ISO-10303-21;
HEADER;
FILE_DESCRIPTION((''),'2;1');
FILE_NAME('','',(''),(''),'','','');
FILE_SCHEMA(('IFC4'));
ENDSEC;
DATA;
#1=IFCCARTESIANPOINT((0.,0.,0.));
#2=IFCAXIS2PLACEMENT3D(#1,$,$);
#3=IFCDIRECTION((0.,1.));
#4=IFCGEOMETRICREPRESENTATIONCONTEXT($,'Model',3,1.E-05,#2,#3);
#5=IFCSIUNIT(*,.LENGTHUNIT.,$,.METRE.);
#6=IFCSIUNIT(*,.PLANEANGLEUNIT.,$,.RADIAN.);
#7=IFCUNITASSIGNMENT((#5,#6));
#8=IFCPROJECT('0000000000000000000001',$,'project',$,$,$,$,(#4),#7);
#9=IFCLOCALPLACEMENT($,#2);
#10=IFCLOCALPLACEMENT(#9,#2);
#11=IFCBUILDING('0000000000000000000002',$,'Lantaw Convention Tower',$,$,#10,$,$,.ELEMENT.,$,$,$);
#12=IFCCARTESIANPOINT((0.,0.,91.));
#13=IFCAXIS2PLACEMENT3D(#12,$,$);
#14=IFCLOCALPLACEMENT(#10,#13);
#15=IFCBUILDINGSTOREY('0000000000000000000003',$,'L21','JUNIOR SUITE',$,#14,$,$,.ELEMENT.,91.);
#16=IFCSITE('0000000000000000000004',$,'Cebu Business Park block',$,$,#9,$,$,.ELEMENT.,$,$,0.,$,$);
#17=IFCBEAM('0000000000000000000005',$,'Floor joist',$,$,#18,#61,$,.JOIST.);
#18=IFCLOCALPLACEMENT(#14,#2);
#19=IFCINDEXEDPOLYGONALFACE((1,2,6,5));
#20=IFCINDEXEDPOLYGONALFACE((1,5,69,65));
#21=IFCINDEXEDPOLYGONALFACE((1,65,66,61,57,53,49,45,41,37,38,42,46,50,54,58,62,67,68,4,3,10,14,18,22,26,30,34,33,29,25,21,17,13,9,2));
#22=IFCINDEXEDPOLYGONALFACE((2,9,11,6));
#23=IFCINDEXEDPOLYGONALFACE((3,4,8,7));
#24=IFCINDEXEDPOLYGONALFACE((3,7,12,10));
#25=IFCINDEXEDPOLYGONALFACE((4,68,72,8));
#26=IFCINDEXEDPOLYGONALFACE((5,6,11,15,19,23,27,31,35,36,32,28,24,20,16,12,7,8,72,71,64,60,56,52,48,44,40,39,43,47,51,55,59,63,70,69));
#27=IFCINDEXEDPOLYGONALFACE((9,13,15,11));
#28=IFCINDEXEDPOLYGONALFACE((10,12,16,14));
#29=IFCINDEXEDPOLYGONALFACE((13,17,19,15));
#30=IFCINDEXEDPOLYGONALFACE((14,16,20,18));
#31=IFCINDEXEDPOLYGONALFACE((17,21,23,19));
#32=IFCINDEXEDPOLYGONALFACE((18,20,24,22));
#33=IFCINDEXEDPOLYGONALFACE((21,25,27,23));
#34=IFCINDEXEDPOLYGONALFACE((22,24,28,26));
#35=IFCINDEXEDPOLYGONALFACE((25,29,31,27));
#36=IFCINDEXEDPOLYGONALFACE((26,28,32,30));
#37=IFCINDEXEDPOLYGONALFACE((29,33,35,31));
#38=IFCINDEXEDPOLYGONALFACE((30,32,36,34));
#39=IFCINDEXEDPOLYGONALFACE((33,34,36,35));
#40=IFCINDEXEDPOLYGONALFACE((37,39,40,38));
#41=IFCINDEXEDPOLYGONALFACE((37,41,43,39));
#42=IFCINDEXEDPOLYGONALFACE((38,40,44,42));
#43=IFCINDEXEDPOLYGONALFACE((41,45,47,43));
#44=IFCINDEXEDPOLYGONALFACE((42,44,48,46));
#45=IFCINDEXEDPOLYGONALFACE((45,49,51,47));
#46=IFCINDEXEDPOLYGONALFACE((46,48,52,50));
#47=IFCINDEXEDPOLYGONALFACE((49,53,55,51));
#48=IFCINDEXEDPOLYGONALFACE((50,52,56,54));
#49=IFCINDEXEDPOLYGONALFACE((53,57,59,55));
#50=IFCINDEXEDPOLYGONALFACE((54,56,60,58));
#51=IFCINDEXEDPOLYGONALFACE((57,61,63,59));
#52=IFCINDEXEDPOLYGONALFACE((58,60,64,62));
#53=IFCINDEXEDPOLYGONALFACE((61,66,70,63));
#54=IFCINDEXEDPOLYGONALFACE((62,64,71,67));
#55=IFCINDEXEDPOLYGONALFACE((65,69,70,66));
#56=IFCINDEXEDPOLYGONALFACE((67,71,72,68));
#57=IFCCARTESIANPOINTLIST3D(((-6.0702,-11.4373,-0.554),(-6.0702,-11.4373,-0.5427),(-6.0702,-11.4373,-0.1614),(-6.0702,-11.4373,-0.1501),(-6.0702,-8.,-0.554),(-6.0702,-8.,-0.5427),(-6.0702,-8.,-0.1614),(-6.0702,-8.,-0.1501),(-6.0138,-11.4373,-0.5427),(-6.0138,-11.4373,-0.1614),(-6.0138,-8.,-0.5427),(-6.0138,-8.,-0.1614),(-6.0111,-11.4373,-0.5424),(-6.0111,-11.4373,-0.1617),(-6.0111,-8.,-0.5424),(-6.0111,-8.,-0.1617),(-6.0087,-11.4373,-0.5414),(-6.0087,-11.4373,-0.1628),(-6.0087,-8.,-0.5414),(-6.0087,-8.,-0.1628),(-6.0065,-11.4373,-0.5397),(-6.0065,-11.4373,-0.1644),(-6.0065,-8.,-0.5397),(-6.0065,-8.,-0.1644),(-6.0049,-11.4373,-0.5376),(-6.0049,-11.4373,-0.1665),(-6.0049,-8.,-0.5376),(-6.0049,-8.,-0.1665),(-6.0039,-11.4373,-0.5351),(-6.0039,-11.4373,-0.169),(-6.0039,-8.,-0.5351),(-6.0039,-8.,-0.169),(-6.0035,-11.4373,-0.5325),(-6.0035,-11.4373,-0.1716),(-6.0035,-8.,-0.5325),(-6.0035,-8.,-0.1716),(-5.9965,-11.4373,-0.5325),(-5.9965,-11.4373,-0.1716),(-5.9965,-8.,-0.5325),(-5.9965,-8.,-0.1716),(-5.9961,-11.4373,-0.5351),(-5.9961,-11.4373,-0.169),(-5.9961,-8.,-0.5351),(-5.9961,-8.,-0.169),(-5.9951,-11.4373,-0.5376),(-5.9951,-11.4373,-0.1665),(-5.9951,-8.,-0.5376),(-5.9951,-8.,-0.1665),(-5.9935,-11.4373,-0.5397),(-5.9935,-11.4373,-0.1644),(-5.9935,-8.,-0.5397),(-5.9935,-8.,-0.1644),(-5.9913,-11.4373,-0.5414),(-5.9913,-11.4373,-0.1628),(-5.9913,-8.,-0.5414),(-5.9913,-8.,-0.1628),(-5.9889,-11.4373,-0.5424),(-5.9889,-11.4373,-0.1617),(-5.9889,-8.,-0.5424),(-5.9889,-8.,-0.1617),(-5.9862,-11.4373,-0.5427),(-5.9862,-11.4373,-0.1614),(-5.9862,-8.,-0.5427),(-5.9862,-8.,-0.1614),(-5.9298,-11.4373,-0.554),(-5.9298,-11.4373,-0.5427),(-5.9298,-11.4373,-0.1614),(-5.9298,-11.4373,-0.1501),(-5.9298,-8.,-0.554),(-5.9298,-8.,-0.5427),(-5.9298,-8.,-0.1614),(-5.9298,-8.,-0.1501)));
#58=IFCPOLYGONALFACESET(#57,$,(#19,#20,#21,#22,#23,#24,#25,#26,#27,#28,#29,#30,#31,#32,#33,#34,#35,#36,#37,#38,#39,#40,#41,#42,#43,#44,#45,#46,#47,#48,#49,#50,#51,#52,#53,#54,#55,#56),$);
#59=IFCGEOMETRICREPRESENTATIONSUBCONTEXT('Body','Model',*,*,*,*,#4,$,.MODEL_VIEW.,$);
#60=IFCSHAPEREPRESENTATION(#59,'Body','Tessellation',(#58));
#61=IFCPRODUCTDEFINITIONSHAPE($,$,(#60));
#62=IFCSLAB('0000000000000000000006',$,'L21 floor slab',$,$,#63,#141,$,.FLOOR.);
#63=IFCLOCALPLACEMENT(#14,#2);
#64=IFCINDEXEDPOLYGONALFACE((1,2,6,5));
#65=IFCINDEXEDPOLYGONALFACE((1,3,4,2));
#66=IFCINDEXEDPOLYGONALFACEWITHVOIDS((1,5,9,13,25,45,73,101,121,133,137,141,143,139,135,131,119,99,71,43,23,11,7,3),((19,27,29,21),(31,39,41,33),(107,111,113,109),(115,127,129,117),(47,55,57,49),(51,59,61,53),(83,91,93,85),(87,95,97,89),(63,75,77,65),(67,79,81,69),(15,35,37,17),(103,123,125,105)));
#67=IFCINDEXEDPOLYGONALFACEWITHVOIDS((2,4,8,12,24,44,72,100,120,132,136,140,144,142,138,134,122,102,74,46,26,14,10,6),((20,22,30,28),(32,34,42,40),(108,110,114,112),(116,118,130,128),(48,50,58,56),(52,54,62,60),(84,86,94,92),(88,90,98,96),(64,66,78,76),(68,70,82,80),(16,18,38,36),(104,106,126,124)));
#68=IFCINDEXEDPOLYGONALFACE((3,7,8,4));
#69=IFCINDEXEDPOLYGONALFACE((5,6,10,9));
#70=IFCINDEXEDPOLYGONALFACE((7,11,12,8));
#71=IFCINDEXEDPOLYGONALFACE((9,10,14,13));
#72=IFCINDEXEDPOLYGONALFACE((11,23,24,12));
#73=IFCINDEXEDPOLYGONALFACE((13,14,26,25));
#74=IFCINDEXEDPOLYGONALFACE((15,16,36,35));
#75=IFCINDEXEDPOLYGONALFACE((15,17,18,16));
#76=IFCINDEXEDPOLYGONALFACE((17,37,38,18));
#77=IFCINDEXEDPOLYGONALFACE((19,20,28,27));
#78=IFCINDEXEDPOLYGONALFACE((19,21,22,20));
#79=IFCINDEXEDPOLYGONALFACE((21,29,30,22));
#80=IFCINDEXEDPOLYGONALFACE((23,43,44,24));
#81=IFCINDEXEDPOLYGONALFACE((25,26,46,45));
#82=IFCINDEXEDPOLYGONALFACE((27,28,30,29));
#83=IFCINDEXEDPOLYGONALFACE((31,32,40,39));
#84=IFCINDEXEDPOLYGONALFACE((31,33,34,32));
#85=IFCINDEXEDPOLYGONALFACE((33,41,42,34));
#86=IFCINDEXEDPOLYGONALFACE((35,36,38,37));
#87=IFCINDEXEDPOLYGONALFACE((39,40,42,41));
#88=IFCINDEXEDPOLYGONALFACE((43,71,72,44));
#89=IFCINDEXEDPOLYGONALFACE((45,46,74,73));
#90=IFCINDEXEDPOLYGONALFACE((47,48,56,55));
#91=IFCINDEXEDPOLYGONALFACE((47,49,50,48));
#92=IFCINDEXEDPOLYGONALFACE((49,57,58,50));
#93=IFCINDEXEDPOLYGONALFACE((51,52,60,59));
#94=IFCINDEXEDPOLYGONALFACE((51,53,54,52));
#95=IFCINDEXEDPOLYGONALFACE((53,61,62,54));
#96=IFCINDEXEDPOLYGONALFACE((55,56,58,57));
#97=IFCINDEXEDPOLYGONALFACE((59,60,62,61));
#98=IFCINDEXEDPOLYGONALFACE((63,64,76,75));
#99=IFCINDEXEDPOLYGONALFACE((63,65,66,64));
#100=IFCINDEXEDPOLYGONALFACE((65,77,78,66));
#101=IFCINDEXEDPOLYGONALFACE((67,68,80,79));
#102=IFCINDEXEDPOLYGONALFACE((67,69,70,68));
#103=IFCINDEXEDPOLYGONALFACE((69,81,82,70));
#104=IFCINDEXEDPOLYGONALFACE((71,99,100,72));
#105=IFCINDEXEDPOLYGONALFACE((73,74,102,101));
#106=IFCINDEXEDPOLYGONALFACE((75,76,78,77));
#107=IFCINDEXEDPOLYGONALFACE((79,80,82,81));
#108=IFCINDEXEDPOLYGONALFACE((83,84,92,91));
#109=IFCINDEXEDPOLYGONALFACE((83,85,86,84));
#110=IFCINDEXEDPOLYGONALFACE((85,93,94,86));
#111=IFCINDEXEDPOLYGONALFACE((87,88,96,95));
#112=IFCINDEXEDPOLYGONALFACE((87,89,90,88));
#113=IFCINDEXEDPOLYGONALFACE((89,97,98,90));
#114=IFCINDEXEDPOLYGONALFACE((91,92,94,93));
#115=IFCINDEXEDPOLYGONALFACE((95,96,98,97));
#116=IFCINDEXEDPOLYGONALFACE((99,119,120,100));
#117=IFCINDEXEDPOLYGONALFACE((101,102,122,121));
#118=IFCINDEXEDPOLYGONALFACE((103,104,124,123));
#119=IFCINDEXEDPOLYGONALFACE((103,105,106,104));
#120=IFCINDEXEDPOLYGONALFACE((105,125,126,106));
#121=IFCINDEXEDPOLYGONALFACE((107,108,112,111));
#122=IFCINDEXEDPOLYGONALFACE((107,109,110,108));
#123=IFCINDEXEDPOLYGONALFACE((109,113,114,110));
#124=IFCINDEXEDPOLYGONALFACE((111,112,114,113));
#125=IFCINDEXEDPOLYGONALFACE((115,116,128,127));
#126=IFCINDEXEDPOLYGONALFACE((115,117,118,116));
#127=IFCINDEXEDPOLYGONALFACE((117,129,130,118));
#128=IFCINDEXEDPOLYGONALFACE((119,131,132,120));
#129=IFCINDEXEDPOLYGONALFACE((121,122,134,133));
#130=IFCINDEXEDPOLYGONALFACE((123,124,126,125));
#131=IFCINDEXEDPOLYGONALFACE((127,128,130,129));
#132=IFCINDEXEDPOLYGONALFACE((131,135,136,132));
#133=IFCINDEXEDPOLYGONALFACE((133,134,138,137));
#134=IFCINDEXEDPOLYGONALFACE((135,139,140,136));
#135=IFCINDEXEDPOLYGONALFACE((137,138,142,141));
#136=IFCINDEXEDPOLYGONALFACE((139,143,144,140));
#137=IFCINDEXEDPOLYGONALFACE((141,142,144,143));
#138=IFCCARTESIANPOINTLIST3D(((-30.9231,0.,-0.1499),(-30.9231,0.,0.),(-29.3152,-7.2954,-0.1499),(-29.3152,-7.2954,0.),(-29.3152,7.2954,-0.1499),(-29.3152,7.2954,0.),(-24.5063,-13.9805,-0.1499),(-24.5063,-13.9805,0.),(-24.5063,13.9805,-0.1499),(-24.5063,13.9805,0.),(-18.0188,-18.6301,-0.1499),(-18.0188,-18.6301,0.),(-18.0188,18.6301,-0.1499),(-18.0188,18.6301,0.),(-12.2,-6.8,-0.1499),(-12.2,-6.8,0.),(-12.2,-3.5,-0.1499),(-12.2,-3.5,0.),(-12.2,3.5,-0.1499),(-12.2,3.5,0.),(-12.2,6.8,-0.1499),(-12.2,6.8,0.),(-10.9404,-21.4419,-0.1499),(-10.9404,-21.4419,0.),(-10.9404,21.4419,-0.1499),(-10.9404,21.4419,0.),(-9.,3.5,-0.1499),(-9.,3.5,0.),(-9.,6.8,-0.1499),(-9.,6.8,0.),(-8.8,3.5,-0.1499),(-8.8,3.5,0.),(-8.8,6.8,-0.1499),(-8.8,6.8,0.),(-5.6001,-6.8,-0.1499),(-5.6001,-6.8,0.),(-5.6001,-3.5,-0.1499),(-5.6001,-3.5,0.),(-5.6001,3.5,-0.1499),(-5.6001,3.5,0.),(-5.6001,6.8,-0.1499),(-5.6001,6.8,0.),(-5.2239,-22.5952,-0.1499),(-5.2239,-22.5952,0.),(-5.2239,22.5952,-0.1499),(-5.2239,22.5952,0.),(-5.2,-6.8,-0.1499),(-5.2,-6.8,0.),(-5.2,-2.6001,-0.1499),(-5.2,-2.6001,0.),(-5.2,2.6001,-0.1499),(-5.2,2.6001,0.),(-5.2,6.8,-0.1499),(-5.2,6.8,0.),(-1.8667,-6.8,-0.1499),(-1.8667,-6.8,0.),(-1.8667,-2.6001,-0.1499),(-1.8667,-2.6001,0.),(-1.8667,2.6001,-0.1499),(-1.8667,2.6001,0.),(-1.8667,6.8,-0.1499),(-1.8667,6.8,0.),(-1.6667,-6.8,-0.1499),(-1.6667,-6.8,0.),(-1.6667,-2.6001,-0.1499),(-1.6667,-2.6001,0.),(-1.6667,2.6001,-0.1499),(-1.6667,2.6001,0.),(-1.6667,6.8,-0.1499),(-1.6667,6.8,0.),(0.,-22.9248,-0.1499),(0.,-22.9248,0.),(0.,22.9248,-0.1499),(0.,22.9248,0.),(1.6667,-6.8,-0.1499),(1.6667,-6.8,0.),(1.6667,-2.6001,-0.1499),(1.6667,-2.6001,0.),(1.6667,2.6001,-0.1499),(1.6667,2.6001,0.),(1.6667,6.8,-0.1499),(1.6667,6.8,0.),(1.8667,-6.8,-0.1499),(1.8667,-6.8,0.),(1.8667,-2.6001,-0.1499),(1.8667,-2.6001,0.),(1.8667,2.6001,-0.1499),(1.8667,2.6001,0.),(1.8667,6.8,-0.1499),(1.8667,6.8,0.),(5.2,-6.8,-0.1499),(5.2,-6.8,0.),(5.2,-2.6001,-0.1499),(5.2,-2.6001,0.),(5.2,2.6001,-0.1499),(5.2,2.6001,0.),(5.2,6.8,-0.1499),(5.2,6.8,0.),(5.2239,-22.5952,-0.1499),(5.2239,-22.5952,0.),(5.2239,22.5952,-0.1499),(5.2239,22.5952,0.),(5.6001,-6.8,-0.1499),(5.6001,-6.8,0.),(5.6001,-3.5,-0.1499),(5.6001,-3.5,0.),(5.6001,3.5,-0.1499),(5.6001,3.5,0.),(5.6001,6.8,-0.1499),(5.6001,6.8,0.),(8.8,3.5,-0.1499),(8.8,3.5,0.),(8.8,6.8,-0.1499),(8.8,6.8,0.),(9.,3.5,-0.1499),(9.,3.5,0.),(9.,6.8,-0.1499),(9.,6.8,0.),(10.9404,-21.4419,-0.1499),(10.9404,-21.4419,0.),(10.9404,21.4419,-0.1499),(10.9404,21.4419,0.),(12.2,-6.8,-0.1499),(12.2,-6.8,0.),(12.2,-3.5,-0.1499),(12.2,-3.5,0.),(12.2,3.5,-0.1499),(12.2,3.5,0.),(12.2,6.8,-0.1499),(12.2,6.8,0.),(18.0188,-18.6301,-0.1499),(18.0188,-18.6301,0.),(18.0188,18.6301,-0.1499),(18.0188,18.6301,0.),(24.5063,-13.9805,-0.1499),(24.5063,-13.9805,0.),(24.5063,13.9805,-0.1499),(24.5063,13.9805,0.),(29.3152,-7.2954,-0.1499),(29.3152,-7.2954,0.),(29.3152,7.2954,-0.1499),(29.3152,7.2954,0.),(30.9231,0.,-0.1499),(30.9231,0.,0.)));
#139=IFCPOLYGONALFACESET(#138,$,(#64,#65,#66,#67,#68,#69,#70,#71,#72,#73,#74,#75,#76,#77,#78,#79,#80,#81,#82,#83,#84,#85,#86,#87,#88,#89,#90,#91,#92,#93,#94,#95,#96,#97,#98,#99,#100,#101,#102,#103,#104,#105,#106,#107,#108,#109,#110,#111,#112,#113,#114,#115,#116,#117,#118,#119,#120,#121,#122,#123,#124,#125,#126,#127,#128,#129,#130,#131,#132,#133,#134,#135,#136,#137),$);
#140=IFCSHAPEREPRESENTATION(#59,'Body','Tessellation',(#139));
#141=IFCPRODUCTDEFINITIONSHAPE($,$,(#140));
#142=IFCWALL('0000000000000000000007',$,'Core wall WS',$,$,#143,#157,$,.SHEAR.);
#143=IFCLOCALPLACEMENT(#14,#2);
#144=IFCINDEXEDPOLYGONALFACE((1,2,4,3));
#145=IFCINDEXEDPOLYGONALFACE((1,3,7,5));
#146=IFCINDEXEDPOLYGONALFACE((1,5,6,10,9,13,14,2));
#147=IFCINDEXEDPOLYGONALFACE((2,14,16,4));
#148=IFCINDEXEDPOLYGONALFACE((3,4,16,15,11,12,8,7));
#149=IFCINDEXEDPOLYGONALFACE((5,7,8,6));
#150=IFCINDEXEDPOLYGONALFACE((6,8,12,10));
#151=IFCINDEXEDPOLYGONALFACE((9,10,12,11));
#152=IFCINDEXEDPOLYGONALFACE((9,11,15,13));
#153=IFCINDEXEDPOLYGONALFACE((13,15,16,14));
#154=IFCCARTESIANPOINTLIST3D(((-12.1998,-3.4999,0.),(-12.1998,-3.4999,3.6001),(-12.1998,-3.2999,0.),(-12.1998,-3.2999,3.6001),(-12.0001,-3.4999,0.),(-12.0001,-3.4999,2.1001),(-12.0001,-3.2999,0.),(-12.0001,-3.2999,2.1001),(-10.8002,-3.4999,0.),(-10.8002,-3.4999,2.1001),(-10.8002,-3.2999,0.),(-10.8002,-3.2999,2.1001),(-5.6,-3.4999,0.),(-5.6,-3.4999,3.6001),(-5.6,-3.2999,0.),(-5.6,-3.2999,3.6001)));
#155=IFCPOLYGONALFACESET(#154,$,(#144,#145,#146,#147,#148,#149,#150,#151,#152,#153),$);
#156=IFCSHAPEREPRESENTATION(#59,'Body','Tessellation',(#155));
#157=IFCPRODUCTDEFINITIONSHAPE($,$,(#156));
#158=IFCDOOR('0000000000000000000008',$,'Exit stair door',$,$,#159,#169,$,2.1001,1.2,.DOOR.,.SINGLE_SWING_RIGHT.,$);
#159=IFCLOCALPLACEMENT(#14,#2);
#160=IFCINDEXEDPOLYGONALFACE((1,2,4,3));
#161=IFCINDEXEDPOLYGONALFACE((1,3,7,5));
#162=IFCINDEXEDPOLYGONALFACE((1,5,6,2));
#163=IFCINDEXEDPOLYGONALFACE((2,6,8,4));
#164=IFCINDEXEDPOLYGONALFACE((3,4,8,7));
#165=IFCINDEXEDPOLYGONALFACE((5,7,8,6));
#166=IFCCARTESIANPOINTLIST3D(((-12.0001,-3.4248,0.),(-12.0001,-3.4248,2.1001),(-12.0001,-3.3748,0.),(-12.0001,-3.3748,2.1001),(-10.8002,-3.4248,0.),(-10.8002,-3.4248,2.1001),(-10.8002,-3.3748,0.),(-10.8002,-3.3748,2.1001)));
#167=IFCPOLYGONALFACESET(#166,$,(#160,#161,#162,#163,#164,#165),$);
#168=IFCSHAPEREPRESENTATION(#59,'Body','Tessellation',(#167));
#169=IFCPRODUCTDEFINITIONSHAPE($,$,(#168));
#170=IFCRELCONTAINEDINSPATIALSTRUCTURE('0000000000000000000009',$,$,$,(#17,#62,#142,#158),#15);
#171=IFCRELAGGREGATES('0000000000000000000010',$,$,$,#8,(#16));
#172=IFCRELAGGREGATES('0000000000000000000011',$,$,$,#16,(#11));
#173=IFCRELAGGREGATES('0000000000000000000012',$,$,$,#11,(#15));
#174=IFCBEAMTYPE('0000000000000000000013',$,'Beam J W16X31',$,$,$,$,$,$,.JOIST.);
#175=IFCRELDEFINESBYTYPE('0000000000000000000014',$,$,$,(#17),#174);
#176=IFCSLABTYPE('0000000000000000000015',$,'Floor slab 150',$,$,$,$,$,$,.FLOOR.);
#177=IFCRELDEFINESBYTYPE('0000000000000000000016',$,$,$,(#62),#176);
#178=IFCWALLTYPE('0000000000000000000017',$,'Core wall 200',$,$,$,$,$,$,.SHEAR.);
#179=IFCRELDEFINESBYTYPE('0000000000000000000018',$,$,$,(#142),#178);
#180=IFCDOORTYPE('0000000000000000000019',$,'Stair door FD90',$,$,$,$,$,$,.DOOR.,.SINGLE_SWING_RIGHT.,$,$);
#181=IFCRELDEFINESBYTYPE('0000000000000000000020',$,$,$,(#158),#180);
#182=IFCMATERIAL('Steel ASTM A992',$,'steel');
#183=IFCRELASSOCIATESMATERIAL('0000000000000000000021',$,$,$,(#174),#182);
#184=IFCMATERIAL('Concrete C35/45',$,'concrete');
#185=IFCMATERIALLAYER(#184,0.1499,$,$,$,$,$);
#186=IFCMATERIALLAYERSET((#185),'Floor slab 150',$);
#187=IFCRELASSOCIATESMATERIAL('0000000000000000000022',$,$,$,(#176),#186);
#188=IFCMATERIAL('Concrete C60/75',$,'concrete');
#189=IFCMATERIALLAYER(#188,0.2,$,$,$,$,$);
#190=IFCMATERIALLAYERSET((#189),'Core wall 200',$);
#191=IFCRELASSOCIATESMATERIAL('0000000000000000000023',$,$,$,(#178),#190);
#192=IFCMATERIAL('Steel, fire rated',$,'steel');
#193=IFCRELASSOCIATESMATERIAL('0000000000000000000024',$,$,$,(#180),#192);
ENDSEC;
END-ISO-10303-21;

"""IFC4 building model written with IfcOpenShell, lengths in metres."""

from ifc_helpers import new_model, si_unit, direction, frame, frame_2d, origin, origin_2d, place, context, subcontext, project, spatial, polyline, rectangle, i_section, outline, extrude, material, layer, layer_set, material_profile, profile_set, type_object, element, fill, save


model = new_model("IFC4")

# Units and contexts
model_context = context("Model", 3, precision=1e-05, world=origin(), true_north=direction((0.0, 1.0)))
body_context = subcontext(model_context, "Body", "Model", "MODEL_VIEW")
ifc_project = project(units=[si_unit("LENGTHUNIT", "METRE"), si_unit("PLANEANGLEUNIT", "RADIAN")], contexts=[model_context])

# Site, building, storey
site_placement = place(None, origin())
site = spatial("IfcSite", under=ifc_project, at=site_placement, Name="Cebu Business Park block", CompositionType="ELEMENT", RefElevation=0.0)
building_placement = place(site_placement, origin())
building = spatial("IfcBuilding", under=site, at=building_placement, Name="Lantaw Convention Tower", CompositionType="ELEMENT")
storey_placement = place(building_placement, frame((0.0, 0.0, 91.0)))
storey = spatial("IfcBuildingStorey", under=building, at=storey_placement, Name="L21", Description="JUNIOR SUITE", CompositionType="ELEMENT", Elevation=91.0)

# Beam
ifc_material_1 = material(Name="Steel ASTM A992", Category="steel")
ifc_material_profile_1 = material_profile(ifc_material_1, i_section(OverallWidth=0.1404, OverallDepth=0.4038, WebThickness=0.0071, FlangeThickness=0.0112, FilletRadius=0.0103, at=origin_2d()), Name="W16X31")
ifc_profile_set_1 = profile_set([ifc_material_profile_1], Name="Steel ASTM A992")
beam_type_1 = type_object("IfcBeamType", Name="Beam J W16X31", PredefinedType="JOIST", material=ifc_profile_set_1)
beam_1_placement = place(storey_placement, frame((-6.0, -11.4373, -0.3521), z_axis=(0.0, 1.0, 0.0), x_axis=(-1.0, 0.0, 0.0)))
element("IfcBeam", 1, at=beam_1_placement, inside=storey, type_object=beam_type_1, Name="Floor joist", PredefinedType="JOIST", context=body_context, shape_type="SweptSolid", body=[
    extrude(i_section(OverallWidth=0.1404, OverallDepth=0.4038, WebThickness=0.0071, FlangeThickness=0.0112, FilletRadius=0.0103, at=origin_2d()), origin(), (0.0, 0.0, 1.0), 3.4373),
])

# Slab
ifc_material_2 = material(Name="Concrete C35/45", Category="concrete")
ifc_layer_1 = layer(ifc_material_2, 0.1499)
ifc_layer_set_1 = layer_set([ifc_layer_1], Name="Floor slab 150")
slab_type = type_object("IfcSlabType", Name="Floor slab 150", PredefinedType="FLOOR", material=ifc_layer_set_1)
slab_placement = place(storey_placement, frame((0.0, 0.0, -0.1499)))
element("IfcSlab", 2, at=slab_placement, inside=storey, type_object=slab_type, Name="L21 floor slab", PredefinedType="FLOOR", context=body_context, shape_type="SweptSolid", body=[
    extrude(outline(polyline([(29.3152, -7.2954), (30.9231, 0.0), (29.3152, 7.2954), (24.5063, 13.9805), (18.0188, 18.6301), (10.9404, 21.4419), (5.2239, 22.5952), (0.0, 22.9248), (-5.2239, 22.5952), (-10.9404, 21.4419), (-18.0188, 18.6301), (-24.5063, 13.9805), (-29.3152, 7.2954), (-30.9231, 0.0), (-29.3152, -7.2954), (-24.5063, -13.9805), (-18.0188, -18.6301), (-10.9404, -21.4419), (-5.2239, -22.5952), (0.0, -22.9248), (5.2239, -22.5952), (10.9404, -21.4419), (18.0188, -18.6301), (24.5063, -13.9805), (29.3152, -7.2954)]), holes=[polyline([(-5.6001, -3.5), (-12.2, -3.5), (-12.2, -6.8), (-5.6001, -6.8), (-5.6001, -3.5)]), polyline([(-1.8667, -6.8), (-1.8667, -2.6001), (-5.2, -2.6001), (-5.2, -6.8), (-1.8667, -6.8)]), polyline([(-1.8667, 2.6001), (-1.8667, 6.8), (-5.2, 6.8), (-5.2, 2.6001), (-1.8667, 2.6001)]), polyline([(1.6667, 6.8), (-1.6667, 6.8), (-1.6667, 2.6001), (1.6667, 2.6001), (1.6667, 6.8)]), polyline([(-9.0, 3.5), (-9.0, 6.8), (-12.2, 6.8), (-12.2, 3.5), (-9.0, 3.5)]), polyline([(-5.6001, 3.5), (-5.6001, 6.8), (-8.8, 6.8), (-8.8, 3.5), (-5.6001, 3.5)]), polyline([(12.2, -3.5), (5.6001, -3.5), (5.6001, -6.8), (12.2, -6.8), (12.2, -3.5)]), polyline([(1.6667, -6.8), (1.6667, -2.6001), (-1.6667, -2.6001), (-1.6667, -6.8), (1.6667, -6.8)]), polyline([(5.2, -6.8), (5.2, -2.6001), (1.8667, -2.6001), (1.8667, -6.8), (5.2, -6.8)]), polyline([(5.2, 6.8), (1.8667, 6.8), (1.8667, 2.6001), (5.2, 2.6001), (5.2, 6.8)]), polyline([(8.8, 3.5), (8.8, 6.8), (5.6001, 6.8), (5.6001, 3.5), (8.8, 3.5)]), polyline([(12.2, 3.5), (12.2, 6.8), (9.0, 6.8), (9.0, 3.5), (12.2, 3.5)])]), origin(), (0.0, 0.0, 1.0), 0.1499),
])

# Wall, opening, door
ifc_material_3 = material(Name="Concrete C60/75", Category="concrete")
ifc_layer_2 = layer(ifc_material_3, 0.2)
ifc_layer_set_2 = layer_set([ifc_layer_2], Name="Core wall 200")
wall_type_1 = type_object("IfcWallType", Name="Core wall 200", PredefinedType="SHEAR", material=ifc_layer_set_2)
wall_1_placement = place(storey_placement, frame((-5.6001, -3.3999, 0.0), z_axis=(0.0, 0.0, 1.0), x_axis=(-1.0, 0.0, 0.0)))
wall_1 = element("IfcWall", 3, at=wall_1_placement, inside=storey, type_object=wall_type_1, Name="Core wall WS", PredefinedType="SHEAR", context=body_context, shape_type="SweptSolid", body=[
    extrude(rectangle(XDim=6.5999, YDim=0.2, at=frame_2d((3.2998, 0.0))), origin(), (0.0, 0.0, 1.0), 3.6001),
])
opening_1_placement = place(wall_1_placement, frame((5.2, 0.0, 0.0)))
opening_1 = element("IfcOpeningElement", 4, at=opening_1_placement, cuts=wall_1, PredefinedType="OPENING", context=body_context, shape_type="SweptSolid", body=[
    extrude(rectangle(XDim=1.2, YDim=2.1001, at=frame_2d((0.6001, 1.05))), frame((0.0, 0.1099, 0.0), z_axis=(0.0, -1.0, 0.0), x_axis=(1.0, 0.0, 0.0)), (0.0, 0.0, 1.0), 0.22),
])
ifc_material_4 = material(Name="Steel, fire rated", Category="steel")
door_type_1 = type_object("IfcDoorType", Name="Stair door FD90", OperationType="SINGLE_SWING_RIGHT", PredefinedType="DOOR", material=ifc_material_4)
door_1_placement = place(opening_1_placement, origin())
door_1 = element("IfcDoor", 5, at=door_1_placement, inside=storey, type_object=door_type_1, Name="Exit stair door", OperationType="SINGLE_SWING_RIGHT", OverallHeight=2.1001, OverallWidth=1.2, PredefinedType="DOOR", context=body_context, shape_type="SweptSolid", body=[
    extrude(rectangle(XDim=1.2, YDim=2.1001, at=frame_2d((0.6001, 1.05))), frame((0.0, 0.0249, 0.0), z_axis=(0.0, -1.0, 0.0), x_axis=(1.0, 0.0, 0.0)), (0.0, 0.0, 1.0), 0.05),
])
fill(opening_1, door_1)

save(model, "model.ifc")
